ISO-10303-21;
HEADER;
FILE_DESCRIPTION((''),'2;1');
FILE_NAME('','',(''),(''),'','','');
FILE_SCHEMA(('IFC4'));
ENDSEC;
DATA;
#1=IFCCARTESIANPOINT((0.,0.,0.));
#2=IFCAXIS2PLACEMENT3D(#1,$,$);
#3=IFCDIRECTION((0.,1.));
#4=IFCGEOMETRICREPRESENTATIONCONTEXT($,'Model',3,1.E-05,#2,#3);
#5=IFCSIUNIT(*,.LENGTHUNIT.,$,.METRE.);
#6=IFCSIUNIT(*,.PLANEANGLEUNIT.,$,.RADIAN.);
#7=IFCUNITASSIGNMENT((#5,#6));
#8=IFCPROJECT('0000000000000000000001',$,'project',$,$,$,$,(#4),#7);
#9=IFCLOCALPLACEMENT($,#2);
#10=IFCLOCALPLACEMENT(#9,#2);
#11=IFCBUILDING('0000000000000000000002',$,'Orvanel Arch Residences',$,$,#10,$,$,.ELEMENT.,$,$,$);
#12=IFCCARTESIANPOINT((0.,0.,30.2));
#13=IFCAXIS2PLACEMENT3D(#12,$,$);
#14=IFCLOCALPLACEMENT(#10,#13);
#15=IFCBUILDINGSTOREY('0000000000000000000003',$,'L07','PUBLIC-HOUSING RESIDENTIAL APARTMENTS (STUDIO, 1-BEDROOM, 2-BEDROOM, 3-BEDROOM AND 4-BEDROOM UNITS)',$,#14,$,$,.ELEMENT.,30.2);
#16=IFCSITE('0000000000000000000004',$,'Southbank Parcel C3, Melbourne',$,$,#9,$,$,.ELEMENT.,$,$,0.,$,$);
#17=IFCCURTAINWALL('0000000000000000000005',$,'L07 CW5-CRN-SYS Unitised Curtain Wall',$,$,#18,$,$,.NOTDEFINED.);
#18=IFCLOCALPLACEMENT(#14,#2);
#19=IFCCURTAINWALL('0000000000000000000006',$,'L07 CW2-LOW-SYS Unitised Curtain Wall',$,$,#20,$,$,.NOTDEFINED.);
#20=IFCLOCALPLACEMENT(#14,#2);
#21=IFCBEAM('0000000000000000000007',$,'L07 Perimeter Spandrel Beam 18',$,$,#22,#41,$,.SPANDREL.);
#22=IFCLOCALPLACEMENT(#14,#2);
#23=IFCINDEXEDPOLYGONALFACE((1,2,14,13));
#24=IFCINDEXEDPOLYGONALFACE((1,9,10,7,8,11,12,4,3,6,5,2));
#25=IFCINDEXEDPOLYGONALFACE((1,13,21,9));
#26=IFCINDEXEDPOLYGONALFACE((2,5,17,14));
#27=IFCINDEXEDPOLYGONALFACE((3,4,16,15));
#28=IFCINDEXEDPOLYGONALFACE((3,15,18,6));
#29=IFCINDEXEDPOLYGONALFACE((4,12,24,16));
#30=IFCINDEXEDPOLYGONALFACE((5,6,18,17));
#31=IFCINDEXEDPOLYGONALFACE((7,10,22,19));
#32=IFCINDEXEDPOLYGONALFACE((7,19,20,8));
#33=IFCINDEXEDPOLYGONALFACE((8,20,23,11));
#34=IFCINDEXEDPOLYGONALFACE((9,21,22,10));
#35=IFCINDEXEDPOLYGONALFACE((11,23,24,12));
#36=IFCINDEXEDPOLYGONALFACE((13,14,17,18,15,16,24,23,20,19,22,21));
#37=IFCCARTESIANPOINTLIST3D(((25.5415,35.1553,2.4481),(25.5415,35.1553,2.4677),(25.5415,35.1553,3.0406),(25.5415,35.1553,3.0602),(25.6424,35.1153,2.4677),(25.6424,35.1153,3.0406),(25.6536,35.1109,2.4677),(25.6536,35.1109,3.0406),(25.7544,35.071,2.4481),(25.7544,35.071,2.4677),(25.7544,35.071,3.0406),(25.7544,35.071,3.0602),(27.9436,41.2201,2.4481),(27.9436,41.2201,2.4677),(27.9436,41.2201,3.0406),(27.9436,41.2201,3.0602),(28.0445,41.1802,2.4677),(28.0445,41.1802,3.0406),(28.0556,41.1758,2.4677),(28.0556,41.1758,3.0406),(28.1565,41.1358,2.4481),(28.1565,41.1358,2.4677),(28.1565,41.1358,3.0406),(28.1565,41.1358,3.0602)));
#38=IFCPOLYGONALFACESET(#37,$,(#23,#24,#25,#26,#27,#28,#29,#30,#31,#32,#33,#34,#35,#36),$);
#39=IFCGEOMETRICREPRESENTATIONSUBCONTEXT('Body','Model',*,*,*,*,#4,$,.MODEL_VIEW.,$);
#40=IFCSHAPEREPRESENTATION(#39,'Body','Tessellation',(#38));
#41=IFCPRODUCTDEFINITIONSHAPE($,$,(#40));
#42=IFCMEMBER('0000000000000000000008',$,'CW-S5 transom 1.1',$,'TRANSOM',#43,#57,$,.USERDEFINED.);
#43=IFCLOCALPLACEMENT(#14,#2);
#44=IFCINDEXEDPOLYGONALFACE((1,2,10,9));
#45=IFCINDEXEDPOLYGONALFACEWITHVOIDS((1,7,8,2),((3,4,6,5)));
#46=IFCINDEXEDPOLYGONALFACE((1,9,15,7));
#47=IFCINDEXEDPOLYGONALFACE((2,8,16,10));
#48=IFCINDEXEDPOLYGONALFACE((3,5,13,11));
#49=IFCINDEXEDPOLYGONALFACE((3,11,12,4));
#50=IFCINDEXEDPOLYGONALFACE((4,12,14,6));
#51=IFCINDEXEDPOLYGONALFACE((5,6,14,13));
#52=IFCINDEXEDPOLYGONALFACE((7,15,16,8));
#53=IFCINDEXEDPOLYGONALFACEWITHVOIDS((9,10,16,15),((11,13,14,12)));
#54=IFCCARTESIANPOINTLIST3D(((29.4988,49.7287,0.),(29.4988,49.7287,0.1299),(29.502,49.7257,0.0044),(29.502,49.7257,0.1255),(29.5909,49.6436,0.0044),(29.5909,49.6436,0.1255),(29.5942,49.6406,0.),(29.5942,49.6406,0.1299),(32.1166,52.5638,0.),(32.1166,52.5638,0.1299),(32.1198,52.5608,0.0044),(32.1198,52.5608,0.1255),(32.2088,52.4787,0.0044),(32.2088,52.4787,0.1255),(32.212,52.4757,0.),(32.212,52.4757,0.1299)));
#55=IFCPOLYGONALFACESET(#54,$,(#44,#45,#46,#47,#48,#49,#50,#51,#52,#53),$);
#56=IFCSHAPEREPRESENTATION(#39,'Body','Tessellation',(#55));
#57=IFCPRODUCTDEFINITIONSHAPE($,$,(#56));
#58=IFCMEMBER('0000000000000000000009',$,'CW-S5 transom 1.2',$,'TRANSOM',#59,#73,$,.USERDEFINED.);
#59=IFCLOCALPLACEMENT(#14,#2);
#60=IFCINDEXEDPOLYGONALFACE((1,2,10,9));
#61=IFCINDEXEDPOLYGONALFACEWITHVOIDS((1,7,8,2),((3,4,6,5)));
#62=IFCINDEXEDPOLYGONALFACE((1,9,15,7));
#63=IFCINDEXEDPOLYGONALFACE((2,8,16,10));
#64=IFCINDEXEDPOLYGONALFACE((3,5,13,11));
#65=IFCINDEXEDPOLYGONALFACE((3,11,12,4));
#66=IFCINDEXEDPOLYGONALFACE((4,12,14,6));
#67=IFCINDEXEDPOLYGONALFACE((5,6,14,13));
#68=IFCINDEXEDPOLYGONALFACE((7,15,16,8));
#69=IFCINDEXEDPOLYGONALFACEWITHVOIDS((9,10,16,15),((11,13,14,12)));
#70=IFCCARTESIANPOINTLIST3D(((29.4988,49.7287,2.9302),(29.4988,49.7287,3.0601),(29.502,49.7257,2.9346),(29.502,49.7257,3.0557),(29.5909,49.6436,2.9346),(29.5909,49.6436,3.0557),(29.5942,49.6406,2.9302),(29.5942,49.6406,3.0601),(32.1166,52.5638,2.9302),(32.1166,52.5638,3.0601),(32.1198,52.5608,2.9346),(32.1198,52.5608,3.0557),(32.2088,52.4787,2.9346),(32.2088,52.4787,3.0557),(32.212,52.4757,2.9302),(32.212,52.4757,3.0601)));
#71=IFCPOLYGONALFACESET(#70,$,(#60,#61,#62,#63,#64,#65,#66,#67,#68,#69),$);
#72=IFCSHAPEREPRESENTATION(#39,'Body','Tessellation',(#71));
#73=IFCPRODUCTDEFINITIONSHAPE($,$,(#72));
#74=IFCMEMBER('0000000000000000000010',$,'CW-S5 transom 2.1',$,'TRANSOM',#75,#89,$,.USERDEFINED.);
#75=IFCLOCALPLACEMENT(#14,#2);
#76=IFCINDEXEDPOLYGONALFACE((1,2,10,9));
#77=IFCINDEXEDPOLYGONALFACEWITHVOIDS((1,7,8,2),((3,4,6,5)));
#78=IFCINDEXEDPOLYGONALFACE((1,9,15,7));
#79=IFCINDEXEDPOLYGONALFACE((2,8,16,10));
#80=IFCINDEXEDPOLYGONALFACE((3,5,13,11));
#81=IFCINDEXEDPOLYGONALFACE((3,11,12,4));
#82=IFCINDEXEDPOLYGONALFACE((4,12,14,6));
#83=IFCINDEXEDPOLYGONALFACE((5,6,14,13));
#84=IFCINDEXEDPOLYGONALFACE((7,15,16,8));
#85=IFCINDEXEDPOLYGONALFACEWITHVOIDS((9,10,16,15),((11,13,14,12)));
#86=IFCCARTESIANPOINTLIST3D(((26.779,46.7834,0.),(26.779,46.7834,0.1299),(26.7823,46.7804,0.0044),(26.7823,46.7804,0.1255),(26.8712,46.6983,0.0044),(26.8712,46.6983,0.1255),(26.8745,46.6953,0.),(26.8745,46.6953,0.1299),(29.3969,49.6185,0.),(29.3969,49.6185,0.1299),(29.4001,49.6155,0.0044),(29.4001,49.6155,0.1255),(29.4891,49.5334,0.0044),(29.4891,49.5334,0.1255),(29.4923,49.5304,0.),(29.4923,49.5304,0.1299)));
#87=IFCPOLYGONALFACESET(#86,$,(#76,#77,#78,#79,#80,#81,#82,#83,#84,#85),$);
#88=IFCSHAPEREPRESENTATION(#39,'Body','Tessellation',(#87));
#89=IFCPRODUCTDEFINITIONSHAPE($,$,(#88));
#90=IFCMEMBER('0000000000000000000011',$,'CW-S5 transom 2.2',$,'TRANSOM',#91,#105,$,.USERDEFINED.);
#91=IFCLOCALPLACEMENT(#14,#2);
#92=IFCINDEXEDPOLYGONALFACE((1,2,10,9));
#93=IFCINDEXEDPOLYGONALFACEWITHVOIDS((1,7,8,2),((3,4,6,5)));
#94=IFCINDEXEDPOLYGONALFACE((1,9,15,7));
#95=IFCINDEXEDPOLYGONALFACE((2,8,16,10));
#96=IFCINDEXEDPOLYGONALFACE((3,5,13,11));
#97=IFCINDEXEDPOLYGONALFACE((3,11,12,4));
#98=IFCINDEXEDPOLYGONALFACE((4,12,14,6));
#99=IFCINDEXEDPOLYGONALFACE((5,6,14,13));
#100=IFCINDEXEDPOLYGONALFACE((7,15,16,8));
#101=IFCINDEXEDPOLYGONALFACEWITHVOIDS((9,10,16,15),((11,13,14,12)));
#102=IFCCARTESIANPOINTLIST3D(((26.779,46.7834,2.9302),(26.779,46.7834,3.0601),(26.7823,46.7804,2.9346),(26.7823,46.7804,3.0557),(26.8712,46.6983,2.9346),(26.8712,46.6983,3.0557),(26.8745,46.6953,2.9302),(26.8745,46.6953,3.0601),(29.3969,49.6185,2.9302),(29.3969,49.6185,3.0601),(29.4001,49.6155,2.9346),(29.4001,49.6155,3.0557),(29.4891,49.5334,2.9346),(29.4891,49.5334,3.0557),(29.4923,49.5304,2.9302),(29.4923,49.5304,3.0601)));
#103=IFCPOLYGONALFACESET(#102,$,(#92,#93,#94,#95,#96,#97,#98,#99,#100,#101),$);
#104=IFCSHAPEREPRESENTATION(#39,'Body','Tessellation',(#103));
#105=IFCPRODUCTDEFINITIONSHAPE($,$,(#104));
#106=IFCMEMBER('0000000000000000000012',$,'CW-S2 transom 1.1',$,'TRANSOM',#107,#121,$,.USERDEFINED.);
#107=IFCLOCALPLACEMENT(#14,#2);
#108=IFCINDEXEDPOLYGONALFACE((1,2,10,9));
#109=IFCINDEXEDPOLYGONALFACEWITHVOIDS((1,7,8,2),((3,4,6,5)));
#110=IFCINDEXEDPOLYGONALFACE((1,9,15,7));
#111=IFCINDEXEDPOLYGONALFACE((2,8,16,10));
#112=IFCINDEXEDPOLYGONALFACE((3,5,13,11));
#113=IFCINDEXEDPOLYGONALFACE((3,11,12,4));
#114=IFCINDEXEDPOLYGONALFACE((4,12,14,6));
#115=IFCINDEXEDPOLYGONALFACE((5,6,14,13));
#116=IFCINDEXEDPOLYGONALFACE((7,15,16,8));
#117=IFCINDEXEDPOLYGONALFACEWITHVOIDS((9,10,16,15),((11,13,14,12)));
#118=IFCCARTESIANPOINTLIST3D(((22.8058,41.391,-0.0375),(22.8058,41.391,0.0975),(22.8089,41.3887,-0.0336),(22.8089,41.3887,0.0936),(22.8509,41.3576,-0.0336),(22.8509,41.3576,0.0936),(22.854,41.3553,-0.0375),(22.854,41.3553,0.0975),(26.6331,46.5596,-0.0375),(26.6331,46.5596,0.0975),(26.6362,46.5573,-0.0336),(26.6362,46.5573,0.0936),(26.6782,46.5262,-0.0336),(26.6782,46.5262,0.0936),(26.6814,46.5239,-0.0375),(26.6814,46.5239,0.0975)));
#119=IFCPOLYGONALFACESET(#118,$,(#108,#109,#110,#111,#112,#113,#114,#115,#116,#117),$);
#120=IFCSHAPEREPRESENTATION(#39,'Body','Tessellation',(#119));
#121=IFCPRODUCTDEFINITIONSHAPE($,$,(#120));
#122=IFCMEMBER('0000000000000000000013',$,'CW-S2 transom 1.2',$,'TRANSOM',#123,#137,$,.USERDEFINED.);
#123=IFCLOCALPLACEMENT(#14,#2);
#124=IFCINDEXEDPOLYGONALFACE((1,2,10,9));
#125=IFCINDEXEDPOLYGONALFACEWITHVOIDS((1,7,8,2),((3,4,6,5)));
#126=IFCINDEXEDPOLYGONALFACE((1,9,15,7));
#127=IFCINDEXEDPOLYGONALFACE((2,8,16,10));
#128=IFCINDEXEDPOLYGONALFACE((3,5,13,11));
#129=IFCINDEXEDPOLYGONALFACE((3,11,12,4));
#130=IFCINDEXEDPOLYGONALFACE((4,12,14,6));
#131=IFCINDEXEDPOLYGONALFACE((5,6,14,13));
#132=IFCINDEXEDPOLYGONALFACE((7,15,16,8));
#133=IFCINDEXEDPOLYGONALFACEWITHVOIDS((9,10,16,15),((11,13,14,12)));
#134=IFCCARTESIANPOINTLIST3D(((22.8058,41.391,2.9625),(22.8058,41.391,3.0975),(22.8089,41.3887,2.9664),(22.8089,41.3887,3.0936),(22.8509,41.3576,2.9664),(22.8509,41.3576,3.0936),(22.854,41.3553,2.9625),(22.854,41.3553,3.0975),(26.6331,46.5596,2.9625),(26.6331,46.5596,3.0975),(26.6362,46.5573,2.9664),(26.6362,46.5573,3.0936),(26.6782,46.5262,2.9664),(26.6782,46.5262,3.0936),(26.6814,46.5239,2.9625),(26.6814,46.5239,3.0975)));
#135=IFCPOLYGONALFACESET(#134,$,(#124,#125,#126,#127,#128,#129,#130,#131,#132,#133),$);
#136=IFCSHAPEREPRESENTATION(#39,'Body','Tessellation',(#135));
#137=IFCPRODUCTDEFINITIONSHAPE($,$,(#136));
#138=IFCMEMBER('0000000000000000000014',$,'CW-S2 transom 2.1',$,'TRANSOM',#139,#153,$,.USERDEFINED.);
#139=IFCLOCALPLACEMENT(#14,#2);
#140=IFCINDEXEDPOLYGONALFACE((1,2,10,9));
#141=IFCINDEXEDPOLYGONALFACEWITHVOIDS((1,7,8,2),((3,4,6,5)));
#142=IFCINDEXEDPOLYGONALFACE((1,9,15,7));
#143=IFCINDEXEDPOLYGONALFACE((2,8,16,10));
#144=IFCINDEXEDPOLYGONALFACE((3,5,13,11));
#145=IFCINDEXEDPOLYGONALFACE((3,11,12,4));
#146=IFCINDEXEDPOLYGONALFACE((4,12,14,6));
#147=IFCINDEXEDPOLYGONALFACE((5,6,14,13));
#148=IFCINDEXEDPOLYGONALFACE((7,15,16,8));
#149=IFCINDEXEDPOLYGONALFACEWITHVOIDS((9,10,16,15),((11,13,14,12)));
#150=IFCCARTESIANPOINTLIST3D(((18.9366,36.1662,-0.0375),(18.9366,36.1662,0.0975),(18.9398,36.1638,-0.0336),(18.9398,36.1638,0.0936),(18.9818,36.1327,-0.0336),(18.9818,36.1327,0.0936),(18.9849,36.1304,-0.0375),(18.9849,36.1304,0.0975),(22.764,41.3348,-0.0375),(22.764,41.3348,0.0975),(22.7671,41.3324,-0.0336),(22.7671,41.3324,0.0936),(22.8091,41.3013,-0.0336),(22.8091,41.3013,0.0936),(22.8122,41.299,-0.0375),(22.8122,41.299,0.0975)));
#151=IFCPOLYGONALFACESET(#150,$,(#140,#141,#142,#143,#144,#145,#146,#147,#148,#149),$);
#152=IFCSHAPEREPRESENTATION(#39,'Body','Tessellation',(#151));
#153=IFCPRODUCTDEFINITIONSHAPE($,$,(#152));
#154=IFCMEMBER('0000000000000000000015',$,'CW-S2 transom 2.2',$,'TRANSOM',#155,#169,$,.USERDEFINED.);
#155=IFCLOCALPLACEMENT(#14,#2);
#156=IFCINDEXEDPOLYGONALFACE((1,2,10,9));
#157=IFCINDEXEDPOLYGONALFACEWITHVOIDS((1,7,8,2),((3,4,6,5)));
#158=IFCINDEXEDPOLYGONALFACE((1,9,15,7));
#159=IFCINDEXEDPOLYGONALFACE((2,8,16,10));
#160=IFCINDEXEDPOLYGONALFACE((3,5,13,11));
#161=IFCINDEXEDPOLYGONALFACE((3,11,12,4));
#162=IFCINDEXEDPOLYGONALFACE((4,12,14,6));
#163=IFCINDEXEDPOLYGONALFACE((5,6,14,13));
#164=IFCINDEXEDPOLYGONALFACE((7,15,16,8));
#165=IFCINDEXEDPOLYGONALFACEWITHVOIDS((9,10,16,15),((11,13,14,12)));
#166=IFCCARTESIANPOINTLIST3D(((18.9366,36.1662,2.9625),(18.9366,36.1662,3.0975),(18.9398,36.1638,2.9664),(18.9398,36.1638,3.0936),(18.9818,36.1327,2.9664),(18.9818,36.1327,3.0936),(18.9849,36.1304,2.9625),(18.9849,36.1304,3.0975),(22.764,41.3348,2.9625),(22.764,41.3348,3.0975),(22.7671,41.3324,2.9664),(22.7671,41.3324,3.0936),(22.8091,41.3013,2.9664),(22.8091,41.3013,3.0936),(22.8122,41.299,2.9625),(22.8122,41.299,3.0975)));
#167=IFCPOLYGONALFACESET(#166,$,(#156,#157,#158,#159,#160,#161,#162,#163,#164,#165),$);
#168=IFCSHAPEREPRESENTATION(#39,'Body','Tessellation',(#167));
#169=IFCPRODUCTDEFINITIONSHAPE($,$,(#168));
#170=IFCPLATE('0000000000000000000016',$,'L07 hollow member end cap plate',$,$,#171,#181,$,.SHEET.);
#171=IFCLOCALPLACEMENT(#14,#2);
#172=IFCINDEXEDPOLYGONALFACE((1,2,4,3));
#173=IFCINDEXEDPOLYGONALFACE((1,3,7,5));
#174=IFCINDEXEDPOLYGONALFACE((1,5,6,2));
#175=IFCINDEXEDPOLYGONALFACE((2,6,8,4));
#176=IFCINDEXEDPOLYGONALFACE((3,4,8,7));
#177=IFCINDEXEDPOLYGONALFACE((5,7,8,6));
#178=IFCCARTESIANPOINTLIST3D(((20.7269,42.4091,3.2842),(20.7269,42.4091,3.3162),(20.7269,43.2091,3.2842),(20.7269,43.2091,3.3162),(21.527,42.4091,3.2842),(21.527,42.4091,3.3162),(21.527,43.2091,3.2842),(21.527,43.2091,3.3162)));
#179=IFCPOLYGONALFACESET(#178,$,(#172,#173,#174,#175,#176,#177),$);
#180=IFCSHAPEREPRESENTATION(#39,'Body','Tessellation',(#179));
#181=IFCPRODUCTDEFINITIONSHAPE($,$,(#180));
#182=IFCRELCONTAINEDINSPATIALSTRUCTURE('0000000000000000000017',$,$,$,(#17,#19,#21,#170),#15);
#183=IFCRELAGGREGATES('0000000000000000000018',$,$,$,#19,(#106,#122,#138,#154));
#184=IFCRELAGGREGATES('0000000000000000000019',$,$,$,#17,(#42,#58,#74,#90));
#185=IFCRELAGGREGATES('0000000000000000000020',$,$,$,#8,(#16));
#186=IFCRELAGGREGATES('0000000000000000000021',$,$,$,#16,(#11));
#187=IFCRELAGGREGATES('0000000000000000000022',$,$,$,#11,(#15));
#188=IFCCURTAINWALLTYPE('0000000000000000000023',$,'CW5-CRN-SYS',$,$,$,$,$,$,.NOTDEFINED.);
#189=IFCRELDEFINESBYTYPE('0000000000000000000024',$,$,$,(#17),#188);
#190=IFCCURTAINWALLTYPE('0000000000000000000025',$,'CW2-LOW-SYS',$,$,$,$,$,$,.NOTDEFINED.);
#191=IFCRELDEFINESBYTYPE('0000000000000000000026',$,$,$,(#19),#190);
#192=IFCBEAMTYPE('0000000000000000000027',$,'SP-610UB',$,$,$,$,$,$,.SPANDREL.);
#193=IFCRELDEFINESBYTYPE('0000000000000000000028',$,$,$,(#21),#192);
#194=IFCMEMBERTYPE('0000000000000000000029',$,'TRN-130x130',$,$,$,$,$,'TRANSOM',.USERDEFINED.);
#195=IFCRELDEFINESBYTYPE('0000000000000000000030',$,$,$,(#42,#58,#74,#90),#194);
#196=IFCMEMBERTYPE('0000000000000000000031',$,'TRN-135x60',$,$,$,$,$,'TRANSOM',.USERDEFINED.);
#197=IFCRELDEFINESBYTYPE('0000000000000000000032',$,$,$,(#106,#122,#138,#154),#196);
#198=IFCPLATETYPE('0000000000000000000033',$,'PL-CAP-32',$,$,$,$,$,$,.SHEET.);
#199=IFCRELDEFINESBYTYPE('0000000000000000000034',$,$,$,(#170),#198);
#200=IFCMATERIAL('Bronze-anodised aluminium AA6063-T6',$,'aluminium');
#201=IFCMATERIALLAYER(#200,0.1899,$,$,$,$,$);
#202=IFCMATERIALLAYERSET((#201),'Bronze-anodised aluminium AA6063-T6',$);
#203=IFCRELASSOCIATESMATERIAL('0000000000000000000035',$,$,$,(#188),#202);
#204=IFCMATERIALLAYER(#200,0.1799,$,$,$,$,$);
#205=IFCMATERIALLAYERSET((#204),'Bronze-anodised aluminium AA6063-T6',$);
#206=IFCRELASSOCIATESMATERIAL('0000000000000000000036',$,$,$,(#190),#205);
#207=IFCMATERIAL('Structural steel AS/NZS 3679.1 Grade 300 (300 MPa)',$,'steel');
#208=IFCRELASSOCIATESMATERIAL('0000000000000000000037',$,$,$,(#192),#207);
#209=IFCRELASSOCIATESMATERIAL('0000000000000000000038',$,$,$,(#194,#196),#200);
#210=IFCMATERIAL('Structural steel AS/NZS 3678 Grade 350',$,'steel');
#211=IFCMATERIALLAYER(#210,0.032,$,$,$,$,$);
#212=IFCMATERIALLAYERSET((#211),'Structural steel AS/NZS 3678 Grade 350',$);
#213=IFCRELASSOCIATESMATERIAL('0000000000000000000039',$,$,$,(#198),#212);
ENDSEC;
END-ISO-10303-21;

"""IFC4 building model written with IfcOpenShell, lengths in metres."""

from ifc_helpers import new_model, si_unit, direction, frame, origin, origin_2d, place, context, subcontext, project, spatial, rectangle, hollow_rectangle, i_section, extrude, material, layer, layer_set, material_profile, profile_set, type_object, element, aggregate, save


model = new_model("IFC4")

# Units and contexts
model_context = context("Model", 3, precision=1e-05, world=origin(), true_north=direction((0.0, 1.0)))
body_context = subcontext(model_context, "Body", "Model", "MODEL_VIEW")
ifc_project = project(units=[si_unit("LENGTHUNIT", "METRE"), si_unit("PLANEANGLEUNIT", "RADIAN")], contexts=[model_context])

# Site, building, storey
site_placement = place(None, origin())
site = spatial("IfcSite", under=ifc_project, at=site_placement, Name="Southbank Parcel C3, Melbourne", CompositionType="ELEMENT", RefElevation=0.0)
building_placement = place(site_placement, origin())
building = spatial("IfcBuilding", under=site, at=building_placement, Name="Orvanel Arch Residences", CompositionType="ELEMENT")
storey_placement = place(building_placement, frame((0.0, 0.0, 30.2)))
storey = spatial("IfcBuildingStorey", under=building, at=storey_placement, Name="L07", Description="PUBLIC-HOUSING RESIDENTIAL APARTMENTS (STUDIO, 1-BEDROOM, 2-BEDROOM, 3-BEDROOM AND 4-BEDROOM UNITS)", CompositionType="ELEMENT", Elevation=30.2)

# Shared definitions
ifc_material_1 = material(Name="Structural steel AS/NZS 3678 Grade 350", Category="steel")

# Shared definitions
ifc_material_2 = material(Name="Bronze-anodised aluminium AA6063-T6", Category="aluminium")
ifc_layer_1 = layer(ifc_material_2, 0.1899)
ifc_layer_set_1 = layer_set([ifc_layer_1], Name="Bronze-anodised aluminium AA6063-T6")
curtain_wall_type_1 = type_object("IfcCurtainWallType", Name="CW5-CRN-SYS", PredefinedType="NOTDEFINED", material=ifc_layer_set_1)

# Curtain walls
curtain_wall_1_placement = place(storey_placement, origin())
curtain_wall_1 = element("IfcCurtainWall", 1, at=curtain_wall_1_placement, inside=storey, type_object=curtain_wall_type_1, Name="L07 CW5-CRN-SYS Unitised Curtain Wall", PredefinedType="NOTDEFINED")
ifc_layer_2 = layer(ifc_material_2, 0.1799)
ifc_layer_set_2 = layer_set([ifc_layer_2], Name="Bronze-anodised aluminium AA6063-T6")
curtain_wall_type_2 = type_object("IfcCurtainWallType", Name="CW2-LOW-SYS", PredefinedType="NOTDEFINED", material=ifc_layer_set_2)
curtain_wall_2_placement = place(storey_placement, origin())
curtain_wall_2 = element("IfcCurtainWall", 2, at=curtain_wall_2_placement, inside=storey, type_object=curtain_wall_type_2, Name="L07 CW2-LOW-SYS Unitised Curtain Wall", PredefinedType="NOTDEFINED")

# Beam
ifc_material_3 = material(Name="Structural steel AS/NZS 3679.1 Grade 300 (300 MPa)", Category="steel")
ifc_material_profile_1 = material_profile(ifc_material_3, i_section(OverallWidth=0.229, OverallDepth=0.6121, WebThickness=0.012, FlangeThickness=0.0195, at=origin_2d()), Name="610UB125")
ifc_profile_set_1 = profile_set([ifc_material_profile_1], Name="Structural steel AS/NZS 3679.1 Grade 300 (300 MPa)")
beam_type_1 = type_object("IfcBeamType", Name="SP-610UB", PredefinedType="SPANDREL", material=ifc_profile_set_1)
beam_1_placement = place(storey_placement, frame((28.05, 41.178, 2.7542), z_axis=(-0.368233, -0.929733, 0.0), x_axis=(0.929733, -0.368233, 0.0)))
element("IfcBeam", 3, at=beam_1_placement, inside=storey, type_object=beam_type_1, Name="L07 Perimeter Spandrel Beam 18", PredefinedType="SPANDREL", context=body_context, shape_type="SweptSolid", body=[
    extrude(i_section(OverallWidth=0.229, OverallDepth=0.6121, WebThickness=0.012, FlangeThickness=0.0195, at=origin_2d()), origin(), (0.0, 0.0, 1.0), 6.5232),
])

# Members
ifc_material_profile_2 = material_profile(ifc_material_2, hollow_rectangle(XDim=0.1299, YDim=0.1299, WallThickness=0.0044, at=origin_2d()), Name="ALU130x130x4.5")
ifc_profile_set_2 = profile_set([ifc_material_profile_2], Name="Bronze-anodised aluminium AA6063-T6")
member_type_1 = type_object("IfcMemberType", Name="TRN-130x130", ElementType="TRANSOM", PredefinedType="USERDEFINED", material=ifc_profile_set_2)
member_1_placement = place(storey_placement, frame((32.1643, 52.5198, 0.0649), z_axis=(-0.678393, -0.734699, 0.0), x_axis=(0.734699, -0.678393, 0.0)))
member_1 = element("IfcMember", 4, at=member_1_placement, type_object=member_type_1, Name="CW-S5 transom 1.1", ObjectType="TRANSOM", PredefinedType="USERDEFINED", context=body_context, shape_type="SweptSolid", body=[
    extrude(hollow_rectangle(XDim=0.1299, YDim=0.1299, WallThickness=0.0044, at=origin_2d()), origin(), (0.0, 0.0, 1.0), 3.8589),
])
member_2_placement = place(storey_placement, frame((32.1643, 52.5198, 2.9951), z_axis=(-0.678393, -0.734699, 0.0), x_axis=(0.734699, -0.678393, 0.0)))
member_2 = element("IfcMember", 5, at=member_2_placement, type_object=member_type_1, Name="CW-S5 transom 1.2", ObjectType="TRANSOM", PredefinedType="USERDEFINED", context=body_context, shape_type="SweptSolid", body=[
    extrude(hollow_rectangle(XDim=0.1299, YDim=0.1299, WallThickness=0.0044, at=origin_2d()), origin(), (0.0, 0.0, 1.0), 3.8589),
])
member_3_placement = place(storey_placement, frame((29.4446, 49.5745, 0.0649), z_axis=(-0.678393, -0.734699, 0.0), x_axis=(0.734699, -0.678393, 0.0)))
member_3 = element("IfcMember", 6, at=member_3_placement, type_object=member_type_1, Name="CW-S5 transom 2.1", ObjectType="TRANSOM", PredefinedType="USERDEFINED", context=body_context, shape_type="SweptSolid", body=[
    extrude(hollow_rectangle(XDim=0.1299, YDim=0.1299, WallThickness=0.0044, at=origin_2d()), origin(), (0.0, 0.0, 1.0), 3.8589),
])
member_4_placement = place(storey_placement, frame((29.4446, 49.5745, 2.9951), z_axis=(-0.678393, -0.734699, 0.0), x_axis=(0.734699, -0.678393, 0.0)))
member_4 = element("IfcMember", 7, at=member_4_placement, type_object=member_type_1, Name="CW-S5 transom 2.2", ObjectType="TRANSOM", PredefinedType="USERDEFINED", context=body_context, shape_type="SweptSolid", body=[
    extrude(hollow_rectangle(XDim=0.1299, YDim=0.1299, WallThickness=0.0044, at=origin_2d()), origin(), (0.0, 0.0, 1.0), 3.8589),
])
ifc_material_profile_3 = material_profile(ifc_material_2, hollow_rectangle(XDim=0.0601, YDim=0.135, WallThickness=0.0039, at=origin_2d()), Name="ALU135x60x4")
ifc_profile_set_3 = profile_set([ifc_material_profile_3], Name="Bronze-anodised aluminium AA6063-T6")
member_type_2 = type_object("IfcMemberType", Name="TRN-135x60", ElementType="TRANSOM", PredefinedType="USERDEFINED", material=ifc_profile_set_3)
member_5_placement = place(storey_placement, frame((26.6572, 46.5417, 0.03), z_axis=(-0.5951, -0.803652, 0.0), x_axis=(0.803652, -0.5951, 0.0)))
member_5 = element("IfcMember", 8, at=member_5_placement, type_object=member_type_2, Name="CW-S2 transom 1.1", ObjectType="TRANSOM", PredefinedType="USERDEFINED", context=body_context, shape_type="SweptSolid", body=[
    extrude(hollow_rectangle(XDim=0.0601, YDim=0.135, WallThickness=0.0039, at=origin_2d()), origin(), (0.0, 0.0, 1.0), 6.4314),
])
member_6_placement = place(storey_placement, frame((26.6572, 46.5417, 3.03), z_axis=(-0.5951, -0.803652, 0.0), x_axis=(0.803652, -0.5951, 0.0)))
member_6 = element("IfcMember", 9, at=member_6_placement, type_object=member_type_2, Name="CW-S2 transom 1.2", ObjectType="TRANSOM", PredefinedType="USERDEFINED", context=body_context, shape_type="SweptSolid", body=[
    extrude(hollow_rectangle(XDim=0.0601, YDim=0.135, WallThickness=0.0039, at=origin_2d()), origin(), (0.0, 0.0, 1.0), 6.4314),
])
member_7_placement = place(storey_placement, frame((22.7881, 41.3169, 0.03), z_axis=(-0.5951, -0.803652, 0.0), x_axis=(0.803652, -0.5951, 0.0)))
member_7 = element("IfcMember", 10, at=member_7_placement, type_object=member_type_2, Name="CW-S2 transom 2.1", ObjectType="TRANSOM", PredefinedType="USERDEFINED", context=body_context, shape_type="SweptSolid", body=[
    extrude(hollow_rectangle(XDim=0.0601, YDim=0.135, WallThickness=0.0039, at=origin_2d()), origin(), (0.0, 0.0, 1.0), 6.4314),
])
member_8_placement = place(storey_placement, frame((22.7881, 41.3169, 3.03), z_axis=(-0.5951, -0.803652, 0.0), x_axis=(0.803652, -0.5951, 0.0)))
member_8 = element("IfcMember", 11, at=member_8_placement, type_object=member_type_2, Name="CW-S2 transom 2.2", ObjectType="TRANSOM", PredefinedType="USERDEFINED", context=body_context, shape_type="SweptSolid", body=[
    extrude(hollow_rectangle(XDim=0.0601, YDim=0.135, WallThickness=0.0039, at=origin_2d()), origin(), (0.0, 0.0, 1.0), 6.4314),
])

# Plate
ifc_layer_3 = layer(ifc_material_1, 0.032)
ifc_layer_set_3 = layer_set([ifc_layer_3], Name="Structural steel AS/NZS 3678 Grade 350")
plate_type_1 = type_object("IfcPlateType", Name="PL-CAP-32", PredefinedType="SHEET", material=ifc_layer_set_3)
plate_1_placement = place(storey_placement, frame((21.127, 42.8091, 3.2842), z_axis=(0.0, 0.0, 1.0), x_axis=(1.0, 0.0, 0.0)))
element("IfcPlate", 12, at=plate_1_placement, inside=storey, type_object=plate_type_1, Name="L07 hollow member end cap plate", PredefinedType="SHEET", context=body_context, shape_type="SweptSolid", body=[
    extrude(rectangle(XDim=0.8, YDim=0.8, at=origin_2d()), origin(), (0.0, 0.0, 1.0), 0.032),
])
aggregate(curtain_wall_2, [member_5, member_6, member_7, member_8])
aggregate(curtain_wall_1, [member_1, member_2, member_3, member_4])

save(model, "model.ifc")
